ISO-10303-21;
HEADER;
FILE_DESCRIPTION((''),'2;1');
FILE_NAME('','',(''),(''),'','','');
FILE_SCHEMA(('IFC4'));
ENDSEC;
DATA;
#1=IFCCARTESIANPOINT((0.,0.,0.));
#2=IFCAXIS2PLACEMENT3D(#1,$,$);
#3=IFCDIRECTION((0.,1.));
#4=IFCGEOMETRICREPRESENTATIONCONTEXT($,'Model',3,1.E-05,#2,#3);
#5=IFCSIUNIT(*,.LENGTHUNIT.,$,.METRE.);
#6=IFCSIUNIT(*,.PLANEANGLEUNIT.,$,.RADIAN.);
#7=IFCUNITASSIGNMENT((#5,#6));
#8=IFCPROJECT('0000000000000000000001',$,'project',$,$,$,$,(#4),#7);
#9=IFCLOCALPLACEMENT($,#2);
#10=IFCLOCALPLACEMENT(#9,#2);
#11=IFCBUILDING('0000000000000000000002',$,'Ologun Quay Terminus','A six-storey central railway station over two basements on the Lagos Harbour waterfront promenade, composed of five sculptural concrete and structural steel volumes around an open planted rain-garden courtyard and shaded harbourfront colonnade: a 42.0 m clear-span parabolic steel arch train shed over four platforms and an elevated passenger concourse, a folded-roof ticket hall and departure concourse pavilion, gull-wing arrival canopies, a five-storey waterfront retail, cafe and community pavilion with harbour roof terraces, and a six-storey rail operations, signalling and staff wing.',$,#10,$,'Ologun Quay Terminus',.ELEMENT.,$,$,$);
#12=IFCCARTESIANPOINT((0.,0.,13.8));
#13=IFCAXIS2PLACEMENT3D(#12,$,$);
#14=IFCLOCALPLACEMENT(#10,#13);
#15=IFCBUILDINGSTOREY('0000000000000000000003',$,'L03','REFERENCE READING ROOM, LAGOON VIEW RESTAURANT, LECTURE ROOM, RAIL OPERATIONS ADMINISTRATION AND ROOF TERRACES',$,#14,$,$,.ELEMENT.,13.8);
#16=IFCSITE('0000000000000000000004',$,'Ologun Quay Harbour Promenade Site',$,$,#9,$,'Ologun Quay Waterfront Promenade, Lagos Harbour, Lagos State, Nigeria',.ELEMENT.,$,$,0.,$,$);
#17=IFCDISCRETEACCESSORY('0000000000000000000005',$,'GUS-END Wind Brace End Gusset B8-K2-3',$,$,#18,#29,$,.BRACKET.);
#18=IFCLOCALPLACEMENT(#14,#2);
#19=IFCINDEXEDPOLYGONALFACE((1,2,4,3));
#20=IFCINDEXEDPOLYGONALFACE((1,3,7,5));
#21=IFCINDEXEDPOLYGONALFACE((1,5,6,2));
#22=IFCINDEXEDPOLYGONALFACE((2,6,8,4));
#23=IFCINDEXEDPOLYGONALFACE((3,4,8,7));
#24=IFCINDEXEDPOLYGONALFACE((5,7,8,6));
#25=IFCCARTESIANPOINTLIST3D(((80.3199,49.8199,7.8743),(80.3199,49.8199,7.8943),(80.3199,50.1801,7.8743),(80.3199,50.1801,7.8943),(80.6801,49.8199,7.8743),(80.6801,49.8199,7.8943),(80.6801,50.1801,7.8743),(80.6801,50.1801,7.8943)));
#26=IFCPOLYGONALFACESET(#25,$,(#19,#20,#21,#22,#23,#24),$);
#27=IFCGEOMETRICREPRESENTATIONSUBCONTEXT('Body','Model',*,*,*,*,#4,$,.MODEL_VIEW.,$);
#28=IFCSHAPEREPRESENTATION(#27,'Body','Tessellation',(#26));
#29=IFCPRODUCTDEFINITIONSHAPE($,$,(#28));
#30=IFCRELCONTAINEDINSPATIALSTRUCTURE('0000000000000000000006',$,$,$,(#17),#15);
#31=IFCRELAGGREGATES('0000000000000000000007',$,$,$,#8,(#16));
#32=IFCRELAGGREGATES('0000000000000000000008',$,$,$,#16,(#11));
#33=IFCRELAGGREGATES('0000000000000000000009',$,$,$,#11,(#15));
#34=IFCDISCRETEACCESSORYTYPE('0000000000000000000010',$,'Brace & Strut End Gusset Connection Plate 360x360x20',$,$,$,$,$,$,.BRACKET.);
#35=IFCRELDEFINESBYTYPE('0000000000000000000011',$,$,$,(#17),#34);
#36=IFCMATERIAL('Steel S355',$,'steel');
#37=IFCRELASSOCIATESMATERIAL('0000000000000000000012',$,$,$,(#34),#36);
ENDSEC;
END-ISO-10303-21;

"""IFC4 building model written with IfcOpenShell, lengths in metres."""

from ifc_helpers import new_model, si_unit, direction, frame, origin, origin_2d, place, context, subcontext, project, spatial, rectangle, extrude, material, type_object, element, save


model = new_model("IFC4")

# Units and contexts
model_context = context("Model", 3, precision=1e-05, world=origin(), true_north=direction((0.0, 1.0)))
body_context = subcontext(model_context, "Body", "Model", "MODEL_VIEW")
ifc_project = project(units=[si_unit("LENGTHUNIT", "METRE"), si_unit("PLANEANGLEUNIT", "RADIAN")], contexts=[model_context])

# Site, building, storey
site_placement = place(None, origin())
site = spatial("IfcSite", under=ifc_project, at=site_placement, Name="Ologun Quay Harbour Promenade Site", LongName="Ologun Quay Waterfront Promenade, Lagos Harbour, Lagos State, Nigeria", CompositionType="ELEMENT", RefElevation=0.0)
building_placement = place(site_placement, origin())
building = spatial("IfcBuilding", under=site, at=building_placement, Name="Ologun Quay Terminus", Description="A six-storey central railway station over two basements on the Lagos Harbour waterfront promenade, composed of five sculptural concrete and structural steel volumes around an open planted rain-garden courtyard and shaded harbourfront colonnade: a 42.0 m clear-span parabolic steel arch train shed over four platforms and an elevated passenger concourse, a folded-roof ticket hall and departure concourse pavilion, gull-wing arrival canopies, a five-storey waterfront retail, cafe and community pavilion with harbour roof terraces, and a six-storey rail operations, signalling and staff wing.", LongName="Ologun Quay Terminus", CompositionType="ELEMENT")
storey_placement = place(building_placement, frame((0.0, 0.0, 13.8)))
storey = spatial("IfcBuildingStorey", under=building, at=storey_placement, Name="L03", Description="REFERENCE READING ROOM, LAGOON VIEW RESTAURANT, LECTURE ROOM, RAIL OPERATIONS ADMINISTRATION AND ROOF TERRACES", CompositionType="ELEMENT", Elevation=13.8)

# Discrete accessory
ifc_material_1 = material(Name="Steel S355", Category="steel")
discrete_accessory_type = type_object("IfcDiscreteAccessoryType", Name="Brace & Strut End Gusset Connection Plate 360x360x20", PredefinedType="BRACKET", material=ifc_material_1)
for number, where, z_axis, x_axis, name in (
    (1, (80.5, 50.0, 7.8743), (0.0, 0.0, 1.0), (1.0, 0.0, 0.0), "GUS-END Wind Brace End Gusset B8-K2-3"),
):
    element("IfcDiscreteAccessory", number, at=place(storey_placement, frame(where, z_axis=z_axis, x_axis=x_axis)), inside=storey, type_object=discrete_accessory_type, Name=name, PredefinedType="BRACKET", context=body_context, shape_type="SweptSolid", body=[
        extrude(rectangle(XDim=0.3601, YDim=0.3601, at=origin_2d()), origin(), (0.0, 0.0, 1.0), 0.02),
    ])

save(model, "model.ifc")
